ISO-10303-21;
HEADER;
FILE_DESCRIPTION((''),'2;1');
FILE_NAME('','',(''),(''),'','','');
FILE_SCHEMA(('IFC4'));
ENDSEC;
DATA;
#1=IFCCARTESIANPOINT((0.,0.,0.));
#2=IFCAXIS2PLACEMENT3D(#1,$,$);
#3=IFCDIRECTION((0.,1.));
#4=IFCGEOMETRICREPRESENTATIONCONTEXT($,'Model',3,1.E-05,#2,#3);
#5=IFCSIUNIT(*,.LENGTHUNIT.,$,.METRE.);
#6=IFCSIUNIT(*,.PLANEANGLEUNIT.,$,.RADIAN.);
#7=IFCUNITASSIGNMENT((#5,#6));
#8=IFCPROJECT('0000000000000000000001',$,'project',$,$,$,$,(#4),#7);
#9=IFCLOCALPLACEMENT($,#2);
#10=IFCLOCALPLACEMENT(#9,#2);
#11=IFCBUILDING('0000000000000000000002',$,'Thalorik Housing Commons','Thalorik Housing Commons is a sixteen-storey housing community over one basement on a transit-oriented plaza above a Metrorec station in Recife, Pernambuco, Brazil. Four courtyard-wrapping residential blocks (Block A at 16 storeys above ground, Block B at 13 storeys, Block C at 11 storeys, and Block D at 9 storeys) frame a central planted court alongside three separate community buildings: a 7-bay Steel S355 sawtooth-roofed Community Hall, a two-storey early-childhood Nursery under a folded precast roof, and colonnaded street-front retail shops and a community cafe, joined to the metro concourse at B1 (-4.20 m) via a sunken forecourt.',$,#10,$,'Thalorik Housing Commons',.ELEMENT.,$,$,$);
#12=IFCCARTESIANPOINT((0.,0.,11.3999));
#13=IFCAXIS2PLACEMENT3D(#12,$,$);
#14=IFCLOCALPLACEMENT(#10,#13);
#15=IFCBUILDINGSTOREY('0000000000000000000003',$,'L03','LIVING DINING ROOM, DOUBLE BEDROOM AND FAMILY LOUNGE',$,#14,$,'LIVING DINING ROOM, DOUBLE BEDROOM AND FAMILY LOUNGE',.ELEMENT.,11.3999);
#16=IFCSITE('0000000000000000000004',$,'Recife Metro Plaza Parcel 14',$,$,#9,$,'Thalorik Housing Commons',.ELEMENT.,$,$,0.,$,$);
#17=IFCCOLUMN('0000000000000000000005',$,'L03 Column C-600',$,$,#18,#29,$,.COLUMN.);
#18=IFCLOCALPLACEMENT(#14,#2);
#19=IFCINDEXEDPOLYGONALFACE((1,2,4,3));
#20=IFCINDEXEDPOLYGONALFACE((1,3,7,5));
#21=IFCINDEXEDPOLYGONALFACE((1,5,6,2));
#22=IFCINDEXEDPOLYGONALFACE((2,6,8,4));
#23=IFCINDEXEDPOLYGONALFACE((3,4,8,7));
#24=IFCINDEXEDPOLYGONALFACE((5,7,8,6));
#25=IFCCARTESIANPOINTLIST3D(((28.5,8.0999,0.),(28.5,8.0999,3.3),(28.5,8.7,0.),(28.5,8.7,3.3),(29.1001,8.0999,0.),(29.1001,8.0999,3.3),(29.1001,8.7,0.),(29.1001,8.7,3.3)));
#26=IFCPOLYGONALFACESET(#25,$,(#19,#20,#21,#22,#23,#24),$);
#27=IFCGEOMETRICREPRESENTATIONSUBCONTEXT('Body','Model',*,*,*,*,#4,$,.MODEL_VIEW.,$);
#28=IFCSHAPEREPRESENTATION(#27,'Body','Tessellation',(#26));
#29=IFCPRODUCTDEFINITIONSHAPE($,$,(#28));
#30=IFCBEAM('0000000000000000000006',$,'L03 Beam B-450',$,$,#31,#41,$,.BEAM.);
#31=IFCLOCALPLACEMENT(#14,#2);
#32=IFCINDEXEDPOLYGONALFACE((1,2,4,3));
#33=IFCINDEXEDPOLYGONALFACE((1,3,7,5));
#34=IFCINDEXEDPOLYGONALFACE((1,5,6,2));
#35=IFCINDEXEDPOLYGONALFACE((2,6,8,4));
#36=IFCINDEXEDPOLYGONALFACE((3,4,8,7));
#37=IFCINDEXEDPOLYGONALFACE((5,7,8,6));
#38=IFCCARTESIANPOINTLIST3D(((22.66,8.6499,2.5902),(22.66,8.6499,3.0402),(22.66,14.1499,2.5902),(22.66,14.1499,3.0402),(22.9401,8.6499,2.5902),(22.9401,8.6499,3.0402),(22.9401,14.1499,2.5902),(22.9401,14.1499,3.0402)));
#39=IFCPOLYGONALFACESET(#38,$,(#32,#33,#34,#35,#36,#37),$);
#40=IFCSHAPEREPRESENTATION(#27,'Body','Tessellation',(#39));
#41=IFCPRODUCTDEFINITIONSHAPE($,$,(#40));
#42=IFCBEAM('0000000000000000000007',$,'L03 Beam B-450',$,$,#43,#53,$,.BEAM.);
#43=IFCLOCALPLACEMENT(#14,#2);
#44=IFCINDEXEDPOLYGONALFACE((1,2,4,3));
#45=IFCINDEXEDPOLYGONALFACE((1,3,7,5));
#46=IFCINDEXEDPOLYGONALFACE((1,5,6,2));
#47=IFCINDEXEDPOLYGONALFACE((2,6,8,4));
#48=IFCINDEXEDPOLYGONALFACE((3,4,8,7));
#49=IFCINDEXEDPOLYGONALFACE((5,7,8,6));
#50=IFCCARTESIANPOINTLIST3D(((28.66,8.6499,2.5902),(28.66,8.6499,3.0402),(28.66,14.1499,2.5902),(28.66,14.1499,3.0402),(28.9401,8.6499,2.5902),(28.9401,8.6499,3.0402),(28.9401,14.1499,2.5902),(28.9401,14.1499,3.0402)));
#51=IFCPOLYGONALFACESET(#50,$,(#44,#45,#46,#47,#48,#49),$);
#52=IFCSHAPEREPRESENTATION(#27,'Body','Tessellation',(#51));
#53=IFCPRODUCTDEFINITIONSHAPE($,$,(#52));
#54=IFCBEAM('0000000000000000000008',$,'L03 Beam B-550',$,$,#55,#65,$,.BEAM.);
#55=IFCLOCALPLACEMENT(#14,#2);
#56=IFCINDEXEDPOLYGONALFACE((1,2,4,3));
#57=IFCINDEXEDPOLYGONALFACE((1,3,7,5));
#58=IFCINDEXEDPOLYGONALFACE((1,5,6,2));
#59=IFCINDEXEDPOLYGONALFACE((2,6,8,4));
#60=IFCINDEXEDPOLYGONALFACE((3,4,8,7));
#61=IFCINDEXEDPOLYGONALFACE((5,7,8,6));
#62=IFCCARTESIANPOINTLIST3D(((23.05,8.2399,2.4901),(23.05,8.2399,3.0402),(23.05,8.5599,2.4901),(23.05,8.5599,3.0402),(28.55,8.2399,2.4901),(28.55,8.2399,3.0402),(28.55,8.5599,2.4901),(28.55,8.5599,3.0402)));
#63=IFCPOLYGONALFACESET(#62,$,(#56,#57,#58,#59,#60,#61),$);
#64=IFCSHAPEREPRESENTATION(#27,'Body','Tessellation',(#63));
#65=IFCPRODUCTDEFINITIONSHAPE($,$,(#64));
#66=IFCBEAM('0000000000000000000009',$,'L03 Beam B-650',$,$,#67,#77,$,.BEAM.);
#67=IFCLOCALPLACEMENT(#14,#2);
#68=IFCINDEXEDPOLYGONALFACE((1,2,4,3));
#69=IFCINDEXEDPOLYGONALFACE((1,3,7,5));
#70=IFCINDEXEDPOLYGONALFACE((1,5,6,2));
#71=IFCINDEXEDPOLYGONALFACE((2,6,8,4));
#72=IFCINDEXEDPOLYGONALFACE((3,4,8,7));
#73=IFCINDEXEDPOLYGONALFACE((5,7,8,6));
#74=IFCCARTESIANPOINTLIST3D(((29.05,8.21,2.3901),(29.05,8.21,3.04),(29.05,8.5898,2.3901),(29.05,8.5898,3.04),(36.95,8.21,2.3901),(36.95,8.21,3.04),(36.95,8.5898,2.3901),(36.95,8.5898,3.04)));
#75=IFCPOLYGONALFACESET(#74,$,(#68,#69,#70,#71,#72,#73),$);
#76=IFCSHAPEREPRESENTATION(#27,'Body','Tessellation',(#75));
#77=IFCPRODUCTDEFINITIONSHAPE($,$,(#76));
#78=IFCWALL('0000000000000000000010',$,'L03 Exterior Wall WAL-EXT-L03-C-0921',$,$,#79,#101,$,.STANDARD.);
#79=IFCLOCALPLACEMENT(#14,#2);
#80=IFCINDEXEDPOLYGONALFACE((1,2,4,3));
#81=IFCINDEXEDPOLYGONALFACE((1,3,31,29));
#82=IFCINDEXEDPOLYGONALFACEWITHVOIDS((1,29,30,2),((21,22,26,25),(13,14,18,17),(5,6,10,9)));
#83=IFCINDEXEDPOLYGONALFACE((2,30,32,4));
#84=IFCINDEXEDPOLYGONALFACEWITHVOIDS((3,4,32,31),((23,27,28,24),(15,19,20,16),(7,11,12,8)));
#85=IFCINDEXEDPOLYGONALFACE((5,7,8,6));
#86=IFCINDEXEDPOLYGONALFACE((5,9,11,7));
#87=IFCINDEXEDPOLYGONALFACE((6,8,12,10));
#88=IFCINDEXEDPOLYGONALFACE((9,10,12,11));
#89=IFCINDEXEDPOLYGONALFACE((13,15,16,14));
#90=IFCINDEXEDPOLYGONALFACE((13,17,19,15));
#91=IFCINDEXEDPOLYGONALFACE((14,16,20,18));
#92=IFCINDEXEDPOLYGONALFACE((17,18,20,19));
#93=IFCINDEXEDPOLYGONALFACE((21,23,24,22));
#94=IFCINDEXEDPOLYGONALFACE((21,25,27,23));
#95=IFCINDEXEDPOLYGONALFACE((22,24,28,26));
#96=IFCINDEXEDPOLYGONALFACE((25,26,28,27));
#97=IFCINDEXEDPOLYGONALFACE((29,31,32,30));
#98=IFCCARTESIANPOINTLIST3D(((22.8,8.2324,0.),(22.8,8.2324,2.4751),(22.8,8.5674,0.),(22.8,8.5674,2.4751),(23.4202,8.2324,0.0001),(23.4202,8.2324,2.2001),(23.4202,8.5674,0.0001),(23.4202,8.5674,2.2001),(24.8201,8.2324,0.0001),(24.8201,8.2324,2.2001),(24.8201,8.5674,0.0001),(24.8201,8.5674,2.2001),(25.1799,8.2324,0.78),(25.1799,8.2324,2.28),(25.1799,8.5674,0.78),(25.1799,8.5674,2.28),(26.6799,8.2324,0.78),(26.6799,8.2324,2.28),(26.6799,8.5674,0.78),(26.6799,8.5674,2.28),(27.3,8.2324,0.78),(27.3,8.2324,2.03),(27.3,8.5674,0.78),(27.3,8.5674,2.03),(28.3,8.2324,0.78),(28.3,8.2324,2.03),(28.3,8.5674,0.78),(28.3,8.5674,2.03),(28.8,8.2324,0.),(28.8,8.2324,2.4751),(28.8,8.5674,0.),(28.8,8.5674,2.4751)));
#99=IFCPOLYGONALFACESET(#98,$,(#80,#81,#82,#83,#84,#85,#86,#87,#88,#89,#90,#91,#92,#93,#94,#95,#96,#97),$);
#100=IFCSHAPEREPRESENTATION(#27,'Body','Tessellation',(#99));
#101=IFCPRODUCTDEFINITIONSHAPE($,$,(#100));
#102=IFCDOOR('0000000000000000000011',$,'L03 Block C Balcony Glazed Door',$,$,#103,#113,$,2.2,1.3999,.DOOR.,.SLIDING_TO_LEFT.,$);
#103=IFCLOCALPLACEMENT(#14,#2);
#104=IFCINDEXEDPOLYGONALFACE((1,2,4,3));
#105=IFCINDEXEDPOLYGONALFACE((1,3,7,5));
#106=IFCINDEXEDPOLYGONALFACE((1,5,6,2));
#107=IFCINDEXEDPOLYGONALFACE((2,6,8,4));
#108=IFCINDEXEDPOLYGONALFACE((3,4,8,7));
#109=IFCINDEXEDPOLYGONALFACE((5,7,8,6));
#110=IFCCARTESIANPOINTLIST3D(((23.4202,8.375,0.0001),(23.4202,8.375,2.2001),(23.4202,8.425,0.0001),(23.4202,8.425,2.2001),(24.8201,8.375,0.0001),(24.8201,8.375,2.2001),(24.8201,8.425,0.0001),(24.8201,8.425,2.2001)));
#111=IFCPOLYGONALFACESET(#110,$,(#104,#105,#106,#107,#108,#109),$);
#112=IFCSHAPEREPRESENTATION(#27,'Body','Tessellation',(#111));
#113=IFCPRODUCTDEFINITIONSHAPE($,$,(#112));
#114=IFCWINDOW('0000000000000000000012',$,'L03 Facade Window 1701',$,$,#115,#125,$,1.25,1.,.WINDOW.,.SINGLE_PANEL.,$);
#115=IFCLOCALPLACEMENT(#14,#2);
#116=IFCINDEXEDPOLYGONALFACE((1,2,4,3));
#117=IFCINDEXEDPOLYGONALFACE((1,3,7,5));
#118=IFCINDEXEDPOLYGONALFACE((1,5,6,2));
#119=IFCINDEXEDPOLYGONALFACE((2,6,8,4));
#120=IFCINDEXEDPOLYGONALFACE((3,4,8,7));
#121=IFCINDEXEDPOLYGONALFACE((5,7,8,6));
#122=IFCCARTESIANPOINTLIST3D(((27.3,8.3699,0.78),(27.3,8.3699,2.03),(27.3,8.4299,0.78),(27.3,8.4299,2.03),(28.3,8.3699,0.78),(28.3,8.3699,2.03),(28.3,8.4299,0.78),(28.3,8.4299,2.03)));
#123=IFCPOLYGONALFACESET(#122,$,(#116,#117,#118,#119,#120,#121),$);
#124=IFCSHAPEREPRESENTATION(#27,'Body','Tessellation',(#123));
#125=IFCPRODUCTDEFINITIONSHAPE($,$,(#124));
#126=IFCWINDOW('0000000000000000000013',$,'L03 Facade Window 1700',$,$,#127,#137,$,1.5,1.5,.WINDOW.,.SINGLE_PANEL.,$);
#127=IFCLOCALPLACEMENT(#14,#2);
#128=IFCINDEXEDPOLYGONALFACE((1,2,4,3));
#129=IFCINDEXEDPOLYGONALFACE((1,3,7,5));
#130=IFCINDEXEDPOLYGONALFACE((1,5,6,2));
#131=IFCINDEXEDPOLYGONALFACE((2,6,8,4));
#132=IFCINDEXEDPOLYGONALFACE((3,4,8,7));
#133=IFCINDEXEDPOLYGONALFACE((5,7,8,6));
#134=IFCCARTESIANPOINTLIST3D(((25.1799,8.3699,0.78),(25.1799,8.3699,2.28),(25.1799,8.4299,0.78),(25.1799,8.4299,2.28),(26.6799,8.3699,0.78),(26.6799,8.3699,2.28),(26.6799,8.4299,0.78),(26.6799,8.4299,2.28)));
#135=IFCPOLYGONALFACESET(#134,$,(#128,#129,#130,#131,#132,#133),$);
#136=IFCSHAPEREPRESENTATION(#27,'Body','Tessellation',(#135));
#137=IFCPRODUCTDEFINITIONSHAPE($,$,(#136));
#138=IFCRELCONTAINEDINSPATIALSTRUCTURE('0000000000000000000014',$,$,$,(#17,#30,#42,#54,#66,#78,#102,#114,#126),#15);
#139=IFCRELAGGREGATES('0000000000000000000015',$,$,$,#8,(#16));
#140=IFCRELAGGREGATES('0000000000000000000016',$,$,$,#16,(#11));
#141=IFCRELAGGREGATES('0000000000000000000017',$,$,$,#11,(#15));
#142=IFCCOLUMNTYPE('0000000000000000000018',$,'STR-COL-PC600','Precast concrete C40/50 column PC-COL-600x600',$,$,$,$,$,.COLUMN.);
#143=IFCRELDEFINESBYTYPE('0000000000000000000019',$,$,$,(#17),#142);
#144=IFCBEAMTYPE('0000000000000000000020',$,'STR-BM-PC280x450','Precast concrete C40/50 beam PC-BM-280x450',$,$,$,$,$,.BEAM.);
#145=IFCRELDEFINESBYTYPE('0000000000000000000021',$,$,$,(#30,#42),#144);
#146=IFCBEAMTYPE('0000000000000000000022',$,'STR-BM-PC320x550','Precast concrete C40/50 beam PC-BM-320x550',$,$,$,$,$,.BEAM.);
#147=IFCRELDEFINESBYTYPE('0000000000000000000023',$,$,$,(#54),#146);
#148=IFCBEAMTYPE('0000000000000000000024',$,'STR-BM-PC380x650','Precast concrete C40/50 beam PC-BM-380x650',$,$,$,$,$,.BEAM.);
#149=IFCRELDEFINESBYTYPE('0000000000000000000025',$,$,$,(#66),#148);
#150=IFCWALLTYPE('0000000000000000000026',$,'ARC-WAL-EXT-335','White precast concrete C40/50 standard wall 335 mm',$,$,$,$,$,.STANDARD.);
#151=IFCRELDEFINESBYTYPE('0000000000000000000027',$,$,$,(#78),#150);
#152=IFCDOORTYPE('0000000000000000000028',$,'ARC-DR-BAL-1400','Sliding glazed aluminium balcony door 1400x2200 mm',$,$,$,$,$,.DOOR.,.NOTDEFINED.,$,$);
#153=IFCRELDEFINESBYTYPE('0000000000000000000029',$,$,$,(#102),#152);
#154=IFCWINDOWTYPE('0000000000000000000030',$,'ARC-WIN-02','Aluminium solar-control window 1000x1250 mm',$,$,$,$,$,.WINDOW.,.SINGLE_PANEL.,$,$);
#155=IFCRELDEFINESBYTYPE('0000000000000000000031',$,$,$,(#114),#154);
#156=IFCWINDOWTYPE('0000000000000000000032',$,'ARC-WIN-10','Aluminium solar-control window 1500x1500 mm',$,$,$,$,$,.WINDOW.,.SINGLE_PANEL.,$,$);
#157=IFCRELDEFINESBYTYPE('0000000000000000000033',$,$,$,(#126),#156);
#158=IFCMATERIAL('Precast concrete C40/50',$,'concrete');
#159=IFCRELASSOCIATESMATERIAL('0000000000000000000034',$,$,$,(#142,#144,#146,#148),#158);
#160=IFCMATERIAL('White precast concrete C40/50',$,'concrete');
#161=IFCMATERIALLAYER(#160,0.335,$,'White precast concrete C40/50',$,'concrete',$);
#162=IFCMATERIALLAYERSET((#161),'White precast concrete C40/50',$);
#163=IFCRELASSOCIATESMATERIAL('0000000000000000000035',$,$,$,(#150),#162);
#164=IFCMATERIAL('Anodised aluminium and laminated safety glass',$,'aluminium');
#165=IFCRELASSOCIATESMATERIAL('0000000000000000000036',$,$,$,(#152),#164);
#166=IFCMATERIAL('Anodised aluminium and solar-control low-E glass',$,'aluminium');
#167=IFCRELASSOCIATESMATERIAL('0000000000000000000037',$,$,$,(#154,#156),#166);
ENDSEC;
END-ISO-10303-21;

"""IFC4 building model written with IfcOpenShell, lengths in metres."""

from ifc_helpers import new_model, si_unit, direction, frame, frame_2d, origin, origin_2d, place, context, subcontext, project, spatial, rectangle, extrude, material, layer, layer_set, material_profile, profile_set, type_object, element, fill, save


model = new_model("IFC4")

# Units and contexts
model_context = context("Model", 3, precision=1e-05, world=origin(), true_north=direction((0.0, 1.0)))
body_context = subcontext(model_context, "Body", "Model", "MODEL_VIEW")
ifc_project = project(units=[si_unit("LENGTHUNIT", "METRE"), si_unit("PLANEANGLEUNIT", "RADIAN")], contexts=[model_context])

# Site, building, storey
site_placement = place(None, origin())
site = spatial("IfcSite", under=ifc_project, at=site_placement, Name="Recife Metro Plaza Parcel 14", LongName="Thalorik Housing Commons", CompositionType="ELEMENT", RefElevation=0.0)
building_placement = place(site_placement, origin())
building = spatial("IfcBuilding", under=site, at=building_placement, Name="Thalorik Housing Commons", Description="Thalorik Housing Commons is a sixteen-storey housing community over one basement on a transit-oriented plaza above a Metrorec station in Recife, Pernambuco, Brazil. Four courtyard-wrapping residential blocks (Block A at 16 storeys above ground, Block B at 13 storeys, Block C at 11 storeys, and Block D at 9 storeys) frame a central planted court alongside three separate community buildings: a 7-bay Steel S355 sawtooth-roofed Community Hall, a two-storey early-childhood Nursery under a folded precast roof, and colonnaded street-front retail shops and a community cafe, joined to the metro concourse at B1 (-4.20 m) via a sunken forecourt.", LongName="Thalorik Housing Commons", CompositionType="ELEMENT")
storey_placement = place(building_placement, frame((0.0, 0.0, 11.3999)))
storey = spatial("IfcBuildingStorey", under=building, at=storey_placement, Name="L03", Description="LIVING DINING ROOM, DOUBLE BEDROOM AND FAMILY LOUNGE", LongName="LIVING DINING ROOM, DOUBLE BEDROOM AND FAMILY LOUNGE", CompositionType="ELEMENT", Elevation=11.3999)

# Column
ifc_material_1 = material(Name="Precast concrete C40/50", Category="concrete")
ifc_material_profile_1 = material_profile(ifc_material_1, rectangle(XDim=0.6001, YDim=0.6001, at=origin_2d()), Name="PC 600x600", Category="concrete")
ifc_profile_set_1 = profile_set([ifc_material_profile_1], Name="Precast concrete C40/50")
column_type = type_object("IfcColumnType", Name="STR-COL-PC600", Description="Precast concrete C40/50 column PC-COL-600x600", PredefinedType="COLUMN", material=ifc_profile_set_1)
column_placement = place(storey_placement, frame((28.8, 8.3999, 0.0), z_axis=(0.0, 0.0, 1.0), x_axis=(1.0, 0.0, 0.0)))
element("IfcColumn", 1, at=column_placement, inside=storey, type_object=column_type, Name="L03 Column C-600", PredefinedType="COLUMN", context=body_context, shape_type="SweptSolid", body=[
    extrude(rectangle(XDim=0.6001, YDim=0.6001, at=origin_2d()), origin(), (0.0, 0.0, 1.0), 3.3),
])

# Beams
ifc_material_profile_2 = material_profile(ifc_material_1, rectangle(XDim=0.28, YDim=0.45, at=origin_2d()), Name="PC 280x450", Category="concrete")
ifc_profile_set_2 = profile_set([ifc_material_profile_2], Name="Precast concrete C40/50")
beam_type_1 = type_object("IfcBeamType", Name="STR-BM-PC280x450", Description="Precast concrete C40/50 beam PC-BM-280x450", PredefinedType="BEAM", material=ifc_profile_set_2)
for number, where, z_axis, x_axis, name in (
    (2, (22.8, 8.6499, 2.8152), (0.0, 1.0, 0.0), (-1.0, 0.0, 0.0), "L03 Beam B-450"),
    (3, (28.8, 8.6499, 2.8152), (0.0, 1.0, 0.0), (-1.0, 0.0, 0.0), "L03 Beam B-450"),
):
    element("IfcBeam", number, at=place(storey_placement, frame(where, z_axis=z_axis, x_axis=x_axis)), inside=storey, type_object=beam_type_1, Name=name, PredefinedType="BEAM", context=body_context, shape_type="SweptSolid", body=[
        extrude(rectangle(XDim=0.28, YDim=0.45, at=origin_2d()), origin(), (0.0, 0.0, 1.0), 5.5),
    ])
ifc_material_profile_3 = material_profile(ifc_material_1, rectangle(XDim=0.3201, YDim=0.55, at=origin_2d()), Name="PC 320x550", Category="concrete")
ifc_profile_set_3 = profile_set([ifc_material_profile_3], Name="Precast concrete C40/50")
beam_type_2 = type_object("IfcBeamType", Name="STR-BM-PC320x550", Description="Precast concrete C40/50 beam PC-BM-320x550", PredefinedType="BEAM", material=ifc_profile_set_3)
beam_1_placement = place(storey_placement, frame((23.05, 8.3999, 2.7651), z_axis=(1.0, 0.0, 0.0), x_axis=(0.0, 1.0, 0.0)))
element("IfcBeam", 4, at=beam_1_placement, inside=storey, type_object=beam_type_2, Name="L03 Beam B-550", PredefinedType="BEAM", context=body_context, shape_type="SweptSolid", body=[
    extrude(rectangle(XDim=0.3201, YDim=0.55, at=origin_2d()), origin(), (0.0, 0.0, 1.0), 5.5),
])
ifc_material_profile_4 = material_profile(ifc_material_1, rectangle(XDim=0.3799, YDim=0.6499, at=origin_2d()), Name="PC 380x650", Category="concrete")
ifc_profile_set_4 = profile_set([ifc_material_profile_4], Name="Precast concrete C40/50")
beam_type_3 = type_object("IfcBeamType", Name="STR-BM-PC380x650", Description="Precast concrete C40/50 beam PC-BM-380x650", PredefinedType="BEAM", material=ifc_profile_set_4)
beam_2_placement = place(storey_placement, frame((29.05, 8.3999, 2.7151), z_axis=(1.0, 0.0, 0.0), x_axis=(0.0, 1.0, 0.0)))
element("IfcBeam", 5, at=beam_2_placement, inside=storey, type_object=beam_type_3, Name="L03 Beam B-650", PredefinedType="BEAM", context=body_context, shape_type="SweptSolid", body=[
    extrude(rectangle(XDim=0.3799, YDim=0.6499, at=origin_2d()), origin(), (0.0, 0.0, 1.0), 7.8999),
])

# Wall, openings, door, windows
ifc_material_2 = material(Name="White precast concrete C40/50", Category="concrete")
ifc_layer_1 = layer(ifc_material_2, 0.335, Name="White precast concrete C40/50", Category="concrete")
ifc_layer_set_1 = layer_set([ifc_layer_1], Name="White precast concrete C40/50")
wall_type_1 = type_object("IfcWallType", Name="ARC-WAL-EXT-335", Description="White precast concrete C40/50 standard wall 335 mm", PredefinedType="STANDARD", material=ifc_layer_set_1)
wall_1_placement = place(storey_placement, frame((22.8, 8.3999, 0.0), z_axis=(0.0, 0.0, 1.0), x_axis=(1.0, 0.0, 0.0)))
wall_1 = element("IfcWall", 6, at=wall_1_placement, inside=storey, type_object=wall_type_1, Name="L03 Exterior Wall WAL-EXT-L03-C-0921", PredefinedType="STANDARD", context=body_context, shape_type="SweptSolid", body=[
    extrude(rectangle(XDim=6.0, YDim=0.335, at=frame_2d((3.0, 0.0))), origin(), (0.0, 0.0, 1.0), 2.4751),
])
opening_1_placement = place(wall_1_placement, frame((0.6201, 0.0, 0.0)))
opening_1 = element("IfcOpeningElement", 7, at=opening_1_placement, cuts=wall_1, PredefinedType="OPENING", context=body_context, shape_type="SweptSolid", body=[
    extrude(rectangle(XDim=1.3999, YDim=2.2, at=frame_2d((0.7, 1.1001))), frame((0.0, 0.1775, 0.0), z_axis=(0.0, -1.0, 0.0), x_axis=(1.0, 0.0, 0.0)), (0.0, 0.0, 1.0), 0.355),
])
opening_2_placement = place(wall_1_placement, frame((2.3799, 0.0, 0.78)))
opening_2 = element("IfcOpeningElement", 8, at=opening_2_placement, cuts=wall_1, PredefinedType="OPENING", context=body_context, shape_type="SweptSolid", body=[
    extrude(rectangle(XDim=1.5, YDim=1.5, at=frame_2d((0.75, 0.75))), frame((0.0, 0.1775, 0.0), z_axis=(0.0, -1.0, 0.0), x_axis=(1.0, 0.0, 0.0)), (0.0, 0.0, 1.0), 0.355),
])
opening_3_placement = place(wall_1_placement, frame((4.5, 0.0, 0.78)))
opening_3 = element("IfcOpeningElement", 9, at=opening_3_placement, cuts=wall_1, PredefinedType="OPENING", context=body_context, shape_type="SweptSolid", body=[
    extrude(rectangle(XDim=1.0, YDim=1.25, at=frame_2d((0.5, 0.625))), frame((0.0, 0.1775, 0.0), z_axis=(0.0, -1.0, 0.0), x_axis=(1.0, 0.0, 0.0)), (0.0, 0.0, 1.0), 0.355),
])
ifc_material_3 = material(Name="Anodised aluminium and laminated safety glass", Category="aluminium")
door_type_1 = type_object("IfcDoorType", Name="ARC-DR-BAL-1400", Description="Sliding glazed aluminium balcony door 1400x2200 mm", OperationType="NOTDEFINED", PredefinedType="DOOR", material=ifc_material_3)
door_1_placement = place(opening_1_placement, frame((1.3999, 0.0, 0.0), z_axis=(0.0, 0.0, 1.0), x_axis=(-1.0, 0.0, 0.0)))
door_1 = element("IfcDoor", 10, at=door_1_placement, inside=storey, type_object=door_type_1, Name="L03 Block C Balcony Glazed Door", OperationType="SLIDING_TO_LEFT", OverallHeight=2.2, OverallWidth=1.3999, PredefinedType="DOOR", context=body_context, shape_type="SweptSolid", body=[
    extrude(rectangle(XDim=1.3999, YDim=2.2, at=frame_2d((0.7, 1.1001))), frame((0.0, 0.0249, 0.0), z_axis=(0.0, -1.0, 0.0), x_axis=(1.0, 0.0, 0.0)), (0.0, 0.0, 1.0), 0.05),
])
fill(opening_1, door_1)
ifc_material_4 = material(Name="Anodised aluminium and solar-control low-E glass", Category="aluminium")
window_type_1 = type_object("IfcWindowType", Name="ARC-WIN-02", Description="Aluminium solar-control window 1000x1250 mm", PartitioningType="SINGLE_PANEL", PredefinedType="WINDOW", material=ifc_material_4)
window_1_placement = place(opening_3_placement, origin())
window_1 = element("IfcWindow", 11, at=window_1_placement, inside=storey, type_object=window_type_1, Name="L03 Facade Window 1701", OverallHeight=1.25, OverallWidth=1.0, PartitioningType="SINGLE_PANEL", PredefinedType="WINDOW", context=body_context, shape_type="SweptSolid", body=[
    extrude(rectangle(XDim=1.0, YDim=1.25, at=frame_2d((0.5, 0.625))), frame((0.0, 0.03, 0.0), z_axis=(0.0, -1.0, 0.0), x_axis=(1.0, 0.0, 0.0)), (0.0, 0.0, 1.0), 0.0601),
])
fill(opening_3, window_1)
window_type_2 = type_object("IfcWindowType", Name="ARC-WIN-10", Description="Aluminium solar-control window 1500x1500 mm", PartitioningType="SINGLE_PANEL", PredefinedType="WINDOW", material=ifc_material_4)
window_2_placement = place(opening_2_placement, origin())
window_2 = element("IfcWindow", 12, at=window_2_placement, inside=storey, type_object=window_type_2, Name="L03 Facade Window 1700", OverallHeight=1.5, OverallWidth=1.5, PartitioningType="SINGLE_PANEL", PredefinedType="WINDOW", context=body_context, shape_type="SweptSolid", body=[
    extrude(rectangle(XDim=1.5, YDim=1.5, at=frame_2d((0.75, 0.75))), frame((0.0, 0.03, 0.0), z_axis=(0.0, -1.0, 0.0), x_axis=(1.0, 0.0, 0.0)), (0.0, 0.0, 1.0), 0.0601),
])
fill(opening_2, window_2)

save(model, "model.ifc")
